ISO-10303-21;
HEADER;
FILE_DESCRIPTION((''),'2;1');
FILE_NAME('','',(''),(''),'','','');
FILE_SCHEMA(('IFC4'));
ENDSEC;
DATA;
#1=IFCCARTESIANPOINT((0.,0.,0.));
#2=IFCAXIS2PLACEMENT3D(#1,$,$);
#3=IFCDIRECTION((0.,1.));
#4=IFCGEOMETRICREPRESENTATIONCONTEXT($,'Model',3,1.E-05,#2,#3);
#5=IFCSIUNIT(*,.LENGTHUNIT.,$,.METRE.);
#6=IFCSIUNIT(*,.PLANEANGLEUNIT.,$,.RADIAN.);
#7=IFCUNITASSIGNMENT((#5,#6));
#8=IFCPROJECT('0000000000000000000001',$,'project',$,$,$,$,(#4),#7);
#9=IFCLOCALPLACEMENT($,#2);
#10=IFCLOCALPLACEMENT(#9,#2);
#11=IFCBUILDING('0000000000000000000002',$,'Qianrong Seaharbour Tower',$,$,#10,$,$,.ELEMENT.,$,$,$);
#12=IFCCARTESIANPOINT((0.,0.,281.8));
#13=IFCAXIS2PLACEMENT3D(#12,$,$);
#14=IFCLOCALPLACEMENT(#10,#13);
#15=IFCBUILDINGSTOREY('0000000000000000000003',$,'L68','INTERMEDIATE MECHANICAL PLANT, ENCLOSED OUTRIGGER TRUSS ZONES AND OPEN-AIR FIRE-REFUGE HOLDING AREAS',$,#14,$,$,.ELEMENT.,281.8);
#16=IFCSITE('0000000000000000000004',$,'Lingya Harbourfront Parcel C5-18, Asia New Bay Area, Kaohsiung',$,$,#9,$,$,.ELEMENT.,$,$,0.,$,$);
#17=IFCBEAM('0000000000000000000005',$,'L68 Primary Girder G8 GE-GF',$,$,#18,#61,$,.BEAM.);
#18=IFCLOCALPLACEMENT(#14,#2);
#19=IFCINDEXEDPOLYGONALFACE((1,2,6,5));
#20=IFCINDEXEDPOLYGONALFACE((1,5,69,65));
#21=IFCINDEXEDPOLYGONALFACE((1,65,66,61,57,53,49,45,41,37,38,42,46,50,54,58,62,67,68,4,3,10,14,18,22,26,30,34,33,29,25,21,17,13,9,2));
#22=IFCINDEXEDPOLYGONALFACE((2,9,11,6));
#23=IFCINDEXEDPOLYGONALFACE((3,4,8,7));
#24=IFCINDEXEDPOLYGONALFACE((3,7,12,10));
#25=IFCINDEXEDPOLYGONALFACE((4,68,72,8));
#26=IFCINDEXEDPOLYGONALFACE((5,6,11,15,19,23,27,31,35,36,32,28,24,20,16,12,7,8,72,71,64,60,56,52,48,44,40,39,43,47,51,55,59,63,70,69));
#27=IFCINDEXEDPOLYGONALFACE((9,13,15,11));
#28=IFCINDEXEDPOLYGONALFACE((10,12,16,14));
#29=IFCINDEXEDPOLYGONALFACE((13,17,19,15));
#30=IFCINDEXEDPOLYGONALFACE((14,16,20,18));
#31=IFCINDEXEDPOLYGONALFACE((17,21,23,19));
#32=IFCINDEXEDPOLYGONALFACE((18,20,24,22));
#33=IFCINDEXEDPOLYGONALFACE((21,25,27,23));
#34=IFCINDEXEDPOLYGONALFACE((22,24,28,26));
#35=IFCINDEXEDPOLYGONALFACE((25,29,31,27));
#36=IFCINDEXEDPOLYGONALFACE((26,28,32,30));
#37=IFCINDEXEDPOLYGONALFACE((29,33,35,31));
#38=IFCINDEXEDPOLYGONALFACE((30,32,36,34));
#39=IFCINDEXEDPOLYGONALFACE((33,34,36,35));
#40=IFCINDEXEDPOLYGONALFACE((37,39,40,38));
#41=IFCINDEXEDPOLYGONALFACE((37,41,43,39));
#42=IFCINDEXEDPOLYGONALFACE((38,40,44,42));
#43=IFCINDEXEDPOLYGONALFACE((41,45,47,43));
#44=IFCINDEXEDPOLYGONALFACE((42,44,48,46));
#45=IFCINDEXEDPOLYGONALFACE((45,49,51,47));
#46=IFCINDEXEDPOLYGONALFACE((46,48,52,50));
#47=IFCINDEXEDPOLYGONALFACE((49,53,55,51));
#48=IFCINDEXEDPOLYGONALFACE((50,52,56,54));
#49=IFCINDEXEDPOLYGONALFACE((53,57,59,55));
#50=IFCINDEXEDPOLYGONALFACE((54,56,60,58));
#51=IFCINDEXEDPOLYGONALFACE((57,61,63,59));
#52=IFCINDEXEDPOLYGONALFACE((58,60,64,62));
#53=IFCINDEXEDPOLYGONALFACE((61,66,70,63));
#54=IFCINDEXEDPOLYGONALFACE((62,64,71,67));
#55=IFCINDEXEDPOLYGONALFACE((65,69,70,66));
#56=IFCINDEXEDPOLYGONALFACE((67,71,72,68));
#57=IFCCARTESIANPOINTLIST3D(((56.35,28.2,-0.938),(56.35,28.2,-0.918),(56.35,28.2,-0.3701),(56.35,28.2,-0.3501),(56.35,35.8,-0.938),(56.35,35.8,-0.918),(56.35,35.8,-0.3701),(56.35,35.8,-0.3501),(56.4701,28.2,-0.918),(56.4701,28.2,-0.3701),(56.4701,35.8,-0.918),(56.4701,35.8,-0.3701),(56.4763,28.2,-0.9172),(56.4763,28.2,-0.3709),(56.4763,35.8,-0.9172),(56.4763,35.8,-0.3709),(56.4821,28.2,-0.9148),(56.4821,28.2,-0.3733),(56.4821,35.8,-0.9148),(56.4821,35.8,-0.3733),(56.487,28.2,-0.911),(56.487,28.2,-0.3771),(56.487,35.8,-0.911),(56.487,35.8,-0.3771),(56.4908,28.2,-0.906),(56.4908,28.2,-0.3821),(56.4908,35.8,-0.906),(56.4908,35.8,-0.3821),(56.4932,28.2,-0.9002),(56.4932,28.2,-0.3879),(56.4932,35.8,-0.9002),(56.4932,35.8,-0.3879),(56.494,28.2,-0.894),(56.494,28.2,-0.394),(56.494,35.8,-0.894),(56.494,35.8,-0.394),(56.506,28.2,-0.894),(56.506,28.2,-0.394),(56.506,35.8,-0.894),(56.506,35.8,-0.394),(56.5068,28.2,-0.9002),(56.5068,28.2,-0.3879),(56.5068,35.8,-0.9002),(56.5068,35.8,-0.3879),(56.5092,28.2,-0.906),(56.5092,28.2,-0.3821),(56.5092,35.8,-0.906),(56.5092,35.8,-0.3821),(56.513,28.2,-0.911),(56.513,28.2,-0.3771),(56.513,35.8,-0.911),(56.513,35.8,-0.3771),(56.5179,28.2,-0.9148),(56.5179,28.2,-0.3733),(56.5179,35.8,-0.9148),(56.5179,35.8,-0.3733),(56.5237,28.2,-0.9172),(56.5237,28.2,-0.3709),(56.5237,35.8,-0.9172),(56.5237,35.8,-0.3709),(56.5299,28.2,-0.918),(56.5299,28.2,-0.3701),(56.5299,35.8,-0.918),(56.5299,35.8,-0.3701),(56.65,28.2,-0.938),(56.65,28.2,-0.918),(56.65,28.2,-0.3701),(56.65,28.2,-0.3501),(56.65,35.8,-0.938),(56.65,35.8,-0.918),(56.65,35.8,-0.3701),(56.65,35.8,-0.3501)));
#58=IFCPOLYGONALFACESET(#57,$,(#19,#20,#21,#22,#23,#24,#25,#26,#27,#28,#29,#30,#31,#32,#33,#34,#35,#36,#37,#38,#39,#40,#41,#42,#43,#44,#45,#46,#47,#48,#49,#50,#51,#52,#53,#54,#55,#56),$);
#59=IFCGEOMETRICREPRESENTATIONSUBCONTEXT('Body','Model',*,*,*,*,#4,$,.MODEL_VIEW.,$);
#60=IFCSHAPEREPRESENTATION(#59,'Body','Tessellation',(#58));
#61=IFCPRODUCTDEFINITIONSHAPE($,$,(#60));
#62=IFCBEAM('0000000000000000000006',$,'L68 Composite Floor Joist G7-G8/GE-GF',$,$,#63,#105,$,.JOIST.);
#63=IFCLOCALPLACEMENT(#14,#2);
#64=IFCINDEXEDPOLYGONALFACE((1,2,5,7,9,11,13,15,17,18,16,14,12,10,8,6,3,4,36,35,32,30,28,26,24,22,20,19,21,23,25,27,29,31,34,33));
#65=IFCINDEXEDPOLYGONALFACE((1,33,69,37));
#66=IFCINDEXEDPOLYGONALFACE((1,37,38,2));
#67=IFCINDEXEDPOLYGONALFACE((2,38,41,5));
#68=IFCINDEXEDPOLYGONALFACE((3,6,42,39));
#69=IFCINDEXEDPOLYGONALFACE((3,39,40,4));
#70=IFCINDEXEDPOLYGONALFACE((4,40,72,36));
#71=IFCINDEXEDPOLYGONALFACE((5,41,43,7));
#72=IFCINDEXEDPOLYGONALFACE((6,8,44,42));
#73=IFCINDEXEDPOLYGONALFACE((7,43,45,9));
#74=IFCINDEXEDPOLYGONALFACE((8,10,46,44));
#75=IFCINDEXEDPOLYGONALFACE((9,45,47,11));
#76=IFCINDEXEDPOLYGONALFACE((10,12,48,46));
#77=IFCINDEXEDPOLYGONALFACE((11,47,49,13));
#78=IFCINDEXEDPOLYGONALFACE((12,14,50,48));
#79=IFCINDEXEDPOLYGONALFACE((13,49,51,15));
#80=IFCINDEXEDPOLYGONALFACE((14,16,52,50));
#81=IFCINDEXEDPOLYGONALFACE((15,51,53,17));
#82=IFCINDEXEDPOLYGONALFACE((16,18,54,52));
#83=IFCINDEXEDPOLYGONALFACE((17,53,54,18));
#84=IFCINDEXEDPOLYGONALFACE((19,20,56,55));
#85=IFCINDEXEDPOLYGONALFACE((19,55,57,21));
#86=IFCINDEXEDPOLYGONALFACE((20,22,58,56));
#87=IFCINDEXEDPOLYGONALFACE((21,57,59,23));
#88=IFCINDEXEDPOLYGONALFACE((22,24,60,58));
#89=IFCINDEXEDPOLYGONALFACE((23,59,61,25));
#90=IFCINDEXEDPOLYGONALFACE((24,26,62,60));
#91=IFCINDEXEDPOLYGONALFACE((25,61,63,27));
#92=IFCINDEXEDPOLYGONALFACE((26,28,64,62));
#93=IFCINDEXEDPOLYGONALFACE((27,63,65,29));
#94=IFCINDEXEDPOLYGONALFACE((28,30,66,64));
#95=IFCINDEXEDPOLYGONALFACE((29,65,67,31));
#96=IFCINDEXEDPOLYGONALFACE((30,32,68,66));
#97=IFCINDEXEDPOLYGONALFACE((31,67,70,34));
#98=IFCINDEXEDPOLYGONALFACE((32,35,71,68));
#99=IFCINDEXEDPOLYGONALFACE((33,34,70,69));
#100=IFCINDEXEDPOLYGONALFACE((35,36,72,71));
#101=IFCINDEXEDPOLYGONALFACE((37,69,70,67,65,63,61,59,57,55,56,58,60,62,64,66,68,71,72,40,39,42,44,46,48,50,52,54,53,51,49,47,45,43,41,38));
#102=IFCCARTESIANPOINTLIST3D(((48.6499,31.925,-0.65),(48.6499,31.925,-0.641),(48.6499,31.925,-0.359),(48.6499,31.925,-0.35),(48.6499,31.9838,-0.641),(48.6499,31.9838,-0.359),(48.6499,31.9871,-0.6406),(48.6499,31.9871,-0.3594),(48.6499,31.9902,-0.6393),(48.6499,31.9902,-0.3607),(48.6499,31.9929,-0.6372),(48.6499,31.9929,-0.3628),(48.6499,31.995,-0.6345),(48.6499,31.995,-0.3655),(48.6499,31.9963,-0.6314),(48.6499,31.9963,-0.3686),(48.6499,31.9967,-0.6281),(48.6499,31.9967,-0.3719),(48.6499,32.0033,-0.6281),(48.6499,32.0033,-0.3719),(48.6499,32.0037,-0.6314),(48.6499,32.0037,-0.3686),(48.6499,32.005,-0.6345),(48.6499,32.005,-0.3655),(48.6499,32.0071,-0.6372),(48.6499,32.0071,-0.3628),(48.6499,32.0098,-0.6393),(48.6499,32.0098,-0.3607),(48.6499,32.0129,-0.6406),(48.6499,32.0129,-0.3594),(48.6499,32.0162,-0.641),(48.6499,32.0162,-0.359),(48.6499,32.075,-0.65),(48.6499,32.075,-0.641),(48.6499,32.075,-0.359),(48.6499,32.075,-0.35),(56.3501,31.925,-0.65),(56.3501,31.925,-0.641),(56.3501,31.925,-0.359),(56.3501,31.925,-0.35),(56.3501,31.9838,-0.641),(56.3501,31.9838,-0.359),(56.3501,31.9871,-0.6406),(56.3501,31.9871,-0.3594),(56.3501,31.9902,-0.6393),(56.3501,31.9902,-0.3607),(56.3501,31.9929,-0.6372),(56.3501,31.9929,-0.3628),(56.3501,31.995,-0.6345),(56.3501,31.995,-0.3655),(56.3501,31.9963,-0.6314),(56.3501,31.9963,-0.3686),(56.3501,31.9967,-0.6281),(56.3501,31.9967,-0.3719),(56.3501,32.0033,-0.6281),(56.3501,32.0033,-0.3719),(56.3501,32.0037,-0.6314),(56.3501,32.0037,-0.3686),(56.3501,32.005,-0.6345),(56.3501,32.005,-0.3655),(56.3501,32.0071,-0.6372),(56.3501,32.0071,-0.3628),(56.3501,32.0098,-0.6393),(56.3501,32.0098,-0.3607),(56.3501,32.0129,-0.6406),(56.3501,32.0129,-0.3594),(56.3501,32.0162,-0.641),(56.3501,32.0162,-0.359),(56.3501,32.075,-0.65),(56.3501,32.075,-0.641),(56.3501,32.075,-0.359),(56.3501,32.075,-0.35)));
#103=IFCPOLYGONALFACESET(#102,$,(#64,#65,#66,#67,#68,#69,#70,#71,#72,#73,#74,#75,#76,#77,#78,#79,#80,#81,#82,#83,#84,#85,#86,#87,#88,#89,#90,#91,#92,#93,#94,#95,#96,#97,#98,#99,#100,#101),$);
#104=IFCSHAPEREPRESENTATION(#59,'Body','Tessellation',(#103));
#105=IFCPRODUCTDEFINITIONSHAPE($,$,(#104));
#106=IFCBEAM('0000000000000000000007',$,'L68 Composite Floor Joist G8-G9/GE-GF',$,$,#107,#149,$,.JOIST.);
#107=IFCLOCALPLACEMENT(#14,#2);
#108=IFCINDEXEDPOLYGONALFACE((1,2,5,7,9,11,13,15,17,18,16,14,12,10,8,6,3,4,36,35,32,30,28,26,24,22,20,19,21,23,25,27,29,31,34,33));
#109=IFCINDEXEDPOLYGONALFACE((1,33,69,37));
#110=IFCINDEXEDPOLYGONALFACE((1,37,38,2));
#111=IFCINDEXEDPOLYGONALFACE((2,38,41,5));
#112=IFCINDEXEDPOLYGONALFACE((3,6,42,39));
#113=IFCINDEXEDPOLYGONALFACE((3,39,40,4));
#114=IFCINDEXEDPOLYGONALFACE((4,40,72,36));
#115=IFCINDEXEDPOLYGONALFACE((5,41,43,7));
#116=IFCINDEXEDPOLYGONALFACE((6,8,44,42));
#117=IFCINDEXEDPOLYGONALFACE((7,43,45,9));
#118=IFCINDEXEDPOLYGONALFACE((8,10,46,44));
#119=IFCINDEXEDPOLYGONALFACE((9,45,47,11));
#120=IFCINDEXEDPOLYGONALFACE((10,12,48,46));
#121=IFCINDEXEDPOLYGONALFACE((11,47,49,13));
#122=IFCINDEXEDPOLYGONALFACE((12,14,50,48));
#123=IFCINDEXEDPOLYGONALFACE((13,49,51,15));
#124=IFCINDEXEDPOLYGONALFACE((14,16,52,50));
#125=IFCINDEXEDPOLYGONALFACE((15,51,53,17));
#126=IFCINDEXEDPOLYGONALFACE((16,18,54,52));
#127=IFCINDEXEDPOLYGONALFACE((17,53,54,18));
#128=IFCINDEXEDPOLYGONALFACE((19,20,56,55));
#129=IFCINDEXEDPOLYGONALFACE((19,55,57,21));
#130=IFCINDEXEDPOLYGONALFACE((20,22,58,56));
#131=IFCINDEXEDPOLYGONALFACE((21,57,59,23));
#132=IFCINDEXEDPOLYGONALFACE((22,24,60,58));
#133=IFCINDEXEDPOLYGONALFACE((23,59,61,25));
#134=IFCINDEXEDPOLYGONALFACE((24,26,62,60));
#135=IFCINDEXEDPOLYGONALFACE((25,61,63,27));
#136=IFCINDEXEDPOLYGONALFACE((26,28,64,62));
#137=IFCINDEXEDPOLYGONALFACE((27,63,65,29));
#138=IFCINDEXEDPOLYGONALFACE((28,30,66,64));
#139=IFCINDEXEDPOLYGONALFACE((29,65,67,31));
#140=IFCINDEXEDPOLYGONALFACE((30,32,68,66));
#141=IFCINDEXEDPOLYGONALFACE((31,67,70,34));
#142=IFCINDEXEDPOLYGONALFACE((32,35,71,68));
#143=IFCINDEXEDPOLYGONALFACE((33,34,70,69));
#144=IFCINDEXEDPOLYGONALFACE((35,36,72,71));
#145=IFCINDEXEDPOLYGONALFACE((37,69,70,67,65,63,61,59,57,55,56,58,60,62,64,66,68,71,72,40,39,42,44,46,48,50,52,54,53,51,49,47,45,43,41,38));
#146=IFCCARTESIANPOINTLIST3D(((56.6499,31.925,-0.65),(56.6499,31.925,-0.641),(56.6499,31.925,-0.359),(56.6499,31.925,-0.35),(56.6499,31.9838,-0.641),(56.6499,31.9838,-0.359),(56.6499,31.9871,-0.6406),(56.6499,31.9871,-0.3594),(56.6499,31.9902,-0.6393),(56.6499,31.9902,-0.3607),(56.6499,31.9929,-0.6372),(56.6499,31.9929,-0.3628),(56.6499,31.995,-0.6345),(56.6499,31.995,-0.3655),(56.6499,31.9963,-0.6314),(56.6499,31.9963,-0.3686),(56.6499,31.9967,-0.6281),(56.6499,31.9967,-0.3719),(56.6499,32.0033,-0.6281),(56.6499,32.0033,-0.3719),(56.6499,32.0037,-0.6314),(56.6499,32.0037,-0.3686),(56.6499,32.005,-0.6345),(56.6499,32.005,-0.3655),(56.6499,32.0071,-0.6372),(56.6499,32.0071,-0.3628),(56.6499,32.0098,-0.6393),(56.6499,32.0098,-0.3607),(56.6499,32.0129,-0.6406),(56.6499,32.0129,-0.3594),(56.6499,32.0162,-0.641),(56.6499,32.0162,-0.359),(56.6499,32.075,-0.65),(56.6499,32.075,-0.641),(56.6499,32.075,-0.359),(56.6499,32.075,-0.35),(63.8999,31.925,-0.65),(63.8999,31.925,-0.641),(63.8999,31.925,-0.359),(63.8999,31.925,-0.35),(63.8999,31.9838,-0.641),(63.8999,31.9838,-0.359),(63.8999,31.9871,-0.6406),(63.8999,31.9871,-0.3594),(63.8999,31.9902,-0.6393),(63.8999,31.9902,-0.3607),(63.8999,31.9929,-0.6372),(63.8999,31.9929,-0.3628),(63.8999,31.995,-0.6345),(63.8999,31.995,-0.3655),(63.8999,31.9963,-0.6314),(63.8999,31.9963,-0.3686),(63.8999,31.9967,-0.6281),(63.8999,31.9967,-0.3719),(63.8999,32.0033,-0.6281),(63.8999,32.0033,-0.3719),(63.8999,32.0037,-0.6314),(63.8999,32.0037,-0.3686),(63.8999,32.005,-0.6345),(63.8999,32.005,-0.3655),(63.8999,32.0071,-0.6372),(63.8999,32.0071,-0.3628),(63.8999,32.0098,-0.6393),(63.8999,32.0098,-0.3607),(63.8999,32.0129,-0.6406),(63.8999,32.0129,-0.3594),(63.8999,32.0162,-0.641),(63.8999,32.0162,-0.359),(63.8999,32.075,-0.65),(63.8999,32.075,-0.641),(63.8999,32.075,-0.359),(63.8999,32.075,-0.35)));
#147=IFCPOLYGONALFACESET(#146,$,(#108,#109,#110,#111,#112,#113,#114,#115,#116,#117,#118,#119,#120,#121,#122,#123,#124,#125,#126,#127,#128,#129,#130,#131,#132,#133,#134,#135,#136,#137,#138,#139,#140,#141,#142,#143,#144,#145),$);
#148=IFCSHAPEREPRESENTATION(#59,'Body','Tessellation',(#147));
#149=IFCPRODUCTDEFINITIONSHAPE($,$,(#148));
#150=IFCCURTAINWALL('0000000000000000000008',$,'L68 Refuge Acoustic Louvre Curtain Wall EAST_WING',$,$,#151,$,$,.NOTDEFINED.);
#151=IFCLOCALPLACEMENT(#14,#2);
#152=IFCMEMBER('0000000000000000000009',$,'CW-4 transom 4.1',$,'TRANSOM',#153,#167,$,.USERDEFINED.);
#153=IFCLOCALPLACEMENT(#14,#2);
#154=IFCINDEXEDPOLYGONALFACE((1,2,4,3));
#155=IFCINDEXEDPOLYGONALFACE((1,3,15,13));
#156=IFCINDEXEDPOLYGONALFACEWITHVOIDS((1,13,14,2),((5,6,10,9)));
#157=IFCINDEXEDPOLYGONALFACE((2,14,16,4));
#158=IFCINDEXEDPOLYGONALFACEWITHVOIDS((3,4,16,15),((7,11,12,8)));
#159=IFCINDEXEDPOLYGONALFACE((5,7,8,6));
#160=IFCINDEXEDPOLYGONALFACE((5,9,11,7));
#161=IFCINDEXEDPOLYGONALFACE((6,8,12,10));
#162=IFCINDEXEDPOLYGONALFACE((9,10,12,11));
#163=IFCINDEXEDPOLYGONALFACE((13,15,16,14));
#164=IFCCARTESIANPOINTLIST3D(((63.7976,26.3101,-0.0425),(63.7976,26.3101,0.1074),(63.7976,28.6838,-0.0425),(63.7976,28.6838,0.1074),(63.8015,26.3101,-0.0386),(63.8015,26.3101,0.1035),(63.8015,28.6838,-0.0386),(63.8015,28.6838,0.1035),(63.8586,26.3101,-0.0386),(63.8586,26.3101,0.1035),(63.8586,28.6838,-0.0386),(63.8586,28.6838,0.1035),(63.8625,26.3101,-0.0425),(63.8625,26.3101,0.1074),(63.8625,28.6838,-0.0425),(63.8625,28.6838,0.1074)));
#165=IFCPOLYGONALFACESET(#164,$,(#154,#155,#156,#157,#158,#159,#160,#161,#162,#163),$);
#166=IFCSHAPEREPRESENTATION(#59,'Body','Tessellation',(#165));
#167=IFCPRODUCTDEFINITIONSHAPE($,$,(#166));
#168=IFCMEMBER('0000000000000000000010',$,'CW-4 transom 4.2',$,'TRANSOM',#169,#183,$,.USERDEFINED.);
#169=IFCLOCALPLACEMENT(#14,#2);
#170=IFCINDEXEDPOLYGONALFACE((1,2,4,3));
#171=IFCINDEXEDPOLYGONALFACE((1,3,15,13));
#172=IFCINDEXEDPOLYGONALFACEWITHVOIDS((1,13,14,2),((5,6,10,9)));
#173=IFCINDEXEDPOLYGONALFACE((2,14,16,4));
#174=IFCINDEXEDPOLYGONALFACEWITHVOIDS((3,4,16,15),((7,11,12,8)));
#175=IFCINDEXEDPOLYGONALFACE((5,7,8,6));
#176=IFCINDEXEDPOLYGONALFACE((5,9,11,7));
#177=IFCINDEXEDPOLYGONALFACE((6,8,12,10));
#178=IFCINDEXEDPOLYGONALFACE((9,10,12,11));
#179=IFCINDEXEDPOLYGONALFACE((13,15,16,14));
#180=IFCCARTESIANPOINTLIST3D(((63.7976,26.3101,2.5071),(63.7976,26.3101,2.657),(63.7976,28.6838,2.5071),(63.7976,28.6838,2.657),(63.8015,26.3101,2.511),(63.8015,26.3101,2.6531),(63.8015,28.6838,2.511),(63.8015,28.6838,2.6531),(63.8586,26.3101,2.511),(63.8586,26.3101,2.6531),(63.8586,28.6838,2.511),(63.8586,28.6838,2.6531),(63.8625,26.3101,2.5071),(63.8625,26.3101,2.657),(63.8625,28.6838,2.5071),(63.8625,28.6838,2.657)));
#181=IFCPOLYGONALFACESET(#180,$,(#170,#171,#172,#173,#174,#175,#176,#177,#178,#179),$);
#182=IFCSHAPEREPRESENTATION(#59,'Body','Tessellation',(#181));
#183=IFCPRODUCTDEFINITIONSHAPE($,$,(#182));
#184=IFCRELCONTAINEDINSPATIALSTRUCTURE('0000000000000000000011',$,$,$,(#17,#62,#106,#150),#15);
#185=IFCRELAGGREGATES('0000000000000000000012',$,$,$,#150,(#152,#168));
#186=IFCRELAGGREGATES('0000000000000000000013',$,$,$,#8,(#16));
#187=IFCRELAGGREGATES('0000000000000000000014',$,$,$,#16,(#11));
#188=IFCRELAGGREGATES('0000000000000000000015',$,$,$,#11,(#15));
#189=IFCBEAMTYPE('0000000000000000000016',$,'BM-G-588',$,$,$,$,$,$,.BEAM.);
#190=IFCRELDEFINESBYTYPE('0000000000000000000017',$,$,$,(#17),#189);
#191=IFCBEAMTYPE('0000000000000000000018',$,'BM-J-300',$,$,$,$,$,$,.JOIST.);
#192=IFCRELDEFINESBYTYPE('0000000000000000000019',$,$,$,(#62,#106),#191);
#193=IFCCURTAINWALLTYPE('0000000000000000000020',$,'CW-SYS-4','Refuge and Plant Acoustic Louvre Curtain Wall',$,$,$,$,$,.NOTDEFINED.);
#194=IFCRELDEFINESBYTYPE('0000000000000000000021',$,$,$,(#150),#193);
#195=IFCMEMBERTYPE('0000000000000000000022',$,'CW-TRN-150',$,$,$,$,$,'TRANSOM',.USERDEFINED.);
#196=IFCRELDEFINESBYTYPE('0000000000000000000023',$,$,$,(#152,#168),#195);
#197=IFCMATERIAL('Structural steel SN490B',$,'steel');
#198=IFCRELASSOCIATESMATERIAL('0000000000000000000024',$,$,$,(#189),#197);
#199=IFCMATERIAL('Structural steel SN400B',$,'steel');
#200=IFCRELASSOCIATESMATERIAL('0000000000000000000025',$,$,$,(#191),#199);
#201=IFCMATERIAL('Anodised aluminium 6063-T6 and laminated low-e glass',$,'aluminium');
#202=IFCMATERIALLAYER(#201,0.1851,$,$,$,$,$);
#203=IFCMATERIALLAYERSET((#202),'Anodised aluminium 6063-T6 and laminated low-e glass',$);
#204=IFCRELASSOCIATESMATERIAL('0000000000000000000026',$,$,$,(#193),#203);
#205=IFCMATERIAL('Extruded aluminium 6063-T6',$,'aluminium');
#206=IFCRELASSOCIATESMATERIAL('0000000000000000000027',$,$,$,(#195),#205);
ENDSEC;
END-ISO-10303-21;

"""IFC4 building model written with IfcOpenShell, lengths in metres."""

from ifc_helpers import new_model, si_unit, direction, frame, origin, origin_2d, place, context, subcontext, project, spatial, hollow_rectangle, i_section, extrude, material, layer, layer_set, material_profile, profile_set, type_object, element, aggregate, save


model = new_model("IFC4")

# Units and contexts
model_context = context("Model", 3, precision=1e-05, world=origin(), true_north=direction((0.0, 1.0)))
body_context = subcontext(model_context, "Body", "Model", "MODEL_VIEW")
ifc_project = project(units=[si_unit("LENGTHUNIT", "METRE"), si_unit("PLANEANGLEUNIT", "RADIAN")], contexts=[model_context])

# Site, building, storey
site_placement = place(None, origin())
site = spatial("IfcSite", under=ifc_project, at=site_placement, Name="Lingya Harbourfront Parcel C5-18, Asia New Bay Area, Kaohsiung", CompositionType="ELEMENT", RefElevation=0.0)
building_placement = place(site_placement, origin())
building = spatial("IfcBuilding", under=site, at=building_placement, Name="Qianrong Seaharbour Tower", CompositionType="ELEMENT")
storey_placement = place(building_placement, frame((0.0, 0.0, 281.8)))
storey = spatial("IfcBuildingStorey", under=building, at=storey_placement, Name="L68", Description="INTERMEDIATE MECHANICAL PLANT, ENCLOSED OUTRIGGER TRUSS ZONES AND OPEN-AIR FIRE-REFUGE HOLDING AREAS", CompositionType="ELEMENT", Elevation=281.8)

# Shared definitions
ifc_material_1 = material(Name="Structural steel SN490B", Category="steel")

# Beams
ifc_material_profile_1 = material_profile(ifc_material_1, i_section(OverallWidth=0.3, OverallDepth=0.5879, WebThickness=0.012, FlangeThickness=0.02, FilletRadius=0.0239, at=origin_2d()), Name="H588x300x12x20")
ifc_profile_set_1 = profile_set([ifc_material_profile_1], Name="Structural steel SN490B")
beam_type_1 = type_object("IfcBeamType", Name="BM-G-588", PredefinedType="BEAM", material=ifc_profile_set_1)
for number, where, z_axis, x_axis, name in (
    (1, (56.5, 28.2, -0.644), (0.0, 1.0, 0.0), (-1.0, 0.0, 0.0), "L68 Primary Girder G8 GE-GF"),
):
    element("IfcBeam", number, at=place(storey_placement, frame(where, z_axis=z_axis, x_axis=x_axis)), inside=storey, type_object=beam_type_1, Name=name, PredefinedType="BEAM", context=body_context, shape_type="SweptSolid", body=[
        extrude(i_section(OverallWidth=0.3, OverallDepth=0.5879, WebThickness=0.012, FlangeThickness=0.02, FilletRadius=0.0239, at=origin_2d()), origin(), (0.0, 0.0, 1.0), 7.6001),
    ])
ifc_material_2 = material(Name="Structural steel SN400B", Category="steel")
ifc_material_profile_2 = material_profile(ifc_material_2, i_section(OverallWidth=0.1499, OverallDepth=0.3, WebThickness=0.0066, FlangeThickness=0.009, FilletRadius=0.0129, at=origin_2d()), Name="H300x150x6.5x9")
ifc_profile_set_2 = profile_set([ifc_material_profile_2], Name="Structural steel SN400B")
beam_type_2 = type_object("IfcBeamType", Name="BM-J-300", PredefinedType="JOIST", material=ifc_profile_set_2)
beam_1_placement = place(storey_placement, frame((48.6499, 32.0, -0.5), z_axis=(1.0, 0.0, 0.0), x_axis=(0.0, 1.0, 0.0)))
element("IfcBeam", 2, at=beam_1_placement, inside=storey, type_object=beam_type_2, Name="L68 Composite Floor Joist G7-G8/GE-GF", PredefinedType="JOIST", context=body_context, shape_type="SweptSolid", body=[
    extrude(i_section(OverallWidth=0.1499, OverallDepth=0.3, WebThickness=0.0066, FlangeThickness=0.009, FilletRadius=0.0129, at=origin_2d()), origin(), (0.0, 0.0, 1.0), 7.7002),
])
beam_2_placement = place(storey_placement, frame((56.6499, 32.0, -0.5), z_axis=(1.0, 0.0, 0.0), x_axis=(0.0, 1.0, 0.0)))
element("IfcBeam", 3, at=beam_2_placement, inside=storey, type_object=beam_type_2, Name="L68 Composite Floor Joist G8-G9/GE-GF", PredefinedType="JOIST", context=body_context, shape_type="SweptSolid", body=[
    extrude(i_section(OverallWidth=0.1499, OverallDepth=0.3, WebThickness=0.0066, FlangeThickness=0.009, FilletRadius=0.0129, at=origin_2d()), origin(), (0.0, 0.0, 1.0), 7.25),
])

# Curtain wall, members
ifc_material_3 = material(Name="Anodised aluminium 6063-T6 and laminated low-e glass", Category="aluminium")
ifc_layer_1 = layer(ifc_material_3, 0.1851)
ifc_layer_set_1 = layer_set([ifc_layer_1], Name="Anodised aluminium 6063-T6 and laminated low-e glass")
curtain_wall_type = type_object("IfcCurtainWallType", Name="CW-SYS-4", Description="Refuge and Plant Acoustic Louvre Curtain Wall", PredefinedType="NOTDEFINED", material=ifc_layer_set_1)
curtain_wall_placement = place(storey_placement, origin())
curtain_wall = element("IfcCurtainWall", 4, at=curtain_wall_placement, inside=storey, type_object=curtain_wall_type, Name="L68 Refuge Acoustic Louvre Curtain Wall EAST_WING", PredefinedType="NOTDEFINED")
ifc_material_4 = material(Name="Extruded aluminium 6063-T6", Category="aluminium")
ifc_material_profile_3 = material_profile(ifc_material_4, hollow_rectangle(XDim=0.0649, YDim=0.1499, WallThickness=0.0039, at=origin_2d()), Name="ALU-TRN-150x65x4")
ifc_profile_set_3 = profile_set([ifc_material_profile_3], Name="Extruded aluminium 6063-T6")
member_type_1 = type_object("IfcMemberType", Name="CW-TRN-150", ElementType="TRANSOM", PredefinedType="USERDEFINED", material=ifc_profile_set_3)
member_1_placement = place(storey_placement, frame((63.8301, 28.6838, 0.0325), z_axis=(0.0, -1.0, 0.0), x_axis=(1.0, 0.0, 0.0)))
member_1 = element("IfcMember", 5, at=member_1_placement, type_object=member_type_1, Name="CW-4 transom 4.1", ObjectType="TRANSOM", PredefinedType="USERDEFINED", context=body_context, shape_type="SweptSolid", body=[
    extrude(hollow_rectangle(XDim=0.0649, YDim=0.1499, WallThickness=0.0039, at=origin_2d()), origin(), (0.0, 0.0, 1.0), 2.3738),
])
member_2_placement = place(storey_placement, frame((63.8301, 28.6838, 2.582), z_axis=(0.0, -1.0, 0.0), x_axis=(1.0, 0.0, 0.0)))
member_2 = element("IfcMember", 6, at=member_2_placement, type_object=member_type_1, Name="CW-4 transom 4.2", ObjectType="TRANSOM", PredefinedType="USERDEFINED", context=body_context, shape_type="SweptSolid", body=[
    extrude(hollow_rectangle(XDim=0.0649, YDim=0.1499, WallThickness=0.0039, at=origin_2d()), origin(), (0.0, 0.0, 1.0), 2.3738),
])
aggregate(curtain_wall, [member_1, member_2])

save(model, "model.ifc")
